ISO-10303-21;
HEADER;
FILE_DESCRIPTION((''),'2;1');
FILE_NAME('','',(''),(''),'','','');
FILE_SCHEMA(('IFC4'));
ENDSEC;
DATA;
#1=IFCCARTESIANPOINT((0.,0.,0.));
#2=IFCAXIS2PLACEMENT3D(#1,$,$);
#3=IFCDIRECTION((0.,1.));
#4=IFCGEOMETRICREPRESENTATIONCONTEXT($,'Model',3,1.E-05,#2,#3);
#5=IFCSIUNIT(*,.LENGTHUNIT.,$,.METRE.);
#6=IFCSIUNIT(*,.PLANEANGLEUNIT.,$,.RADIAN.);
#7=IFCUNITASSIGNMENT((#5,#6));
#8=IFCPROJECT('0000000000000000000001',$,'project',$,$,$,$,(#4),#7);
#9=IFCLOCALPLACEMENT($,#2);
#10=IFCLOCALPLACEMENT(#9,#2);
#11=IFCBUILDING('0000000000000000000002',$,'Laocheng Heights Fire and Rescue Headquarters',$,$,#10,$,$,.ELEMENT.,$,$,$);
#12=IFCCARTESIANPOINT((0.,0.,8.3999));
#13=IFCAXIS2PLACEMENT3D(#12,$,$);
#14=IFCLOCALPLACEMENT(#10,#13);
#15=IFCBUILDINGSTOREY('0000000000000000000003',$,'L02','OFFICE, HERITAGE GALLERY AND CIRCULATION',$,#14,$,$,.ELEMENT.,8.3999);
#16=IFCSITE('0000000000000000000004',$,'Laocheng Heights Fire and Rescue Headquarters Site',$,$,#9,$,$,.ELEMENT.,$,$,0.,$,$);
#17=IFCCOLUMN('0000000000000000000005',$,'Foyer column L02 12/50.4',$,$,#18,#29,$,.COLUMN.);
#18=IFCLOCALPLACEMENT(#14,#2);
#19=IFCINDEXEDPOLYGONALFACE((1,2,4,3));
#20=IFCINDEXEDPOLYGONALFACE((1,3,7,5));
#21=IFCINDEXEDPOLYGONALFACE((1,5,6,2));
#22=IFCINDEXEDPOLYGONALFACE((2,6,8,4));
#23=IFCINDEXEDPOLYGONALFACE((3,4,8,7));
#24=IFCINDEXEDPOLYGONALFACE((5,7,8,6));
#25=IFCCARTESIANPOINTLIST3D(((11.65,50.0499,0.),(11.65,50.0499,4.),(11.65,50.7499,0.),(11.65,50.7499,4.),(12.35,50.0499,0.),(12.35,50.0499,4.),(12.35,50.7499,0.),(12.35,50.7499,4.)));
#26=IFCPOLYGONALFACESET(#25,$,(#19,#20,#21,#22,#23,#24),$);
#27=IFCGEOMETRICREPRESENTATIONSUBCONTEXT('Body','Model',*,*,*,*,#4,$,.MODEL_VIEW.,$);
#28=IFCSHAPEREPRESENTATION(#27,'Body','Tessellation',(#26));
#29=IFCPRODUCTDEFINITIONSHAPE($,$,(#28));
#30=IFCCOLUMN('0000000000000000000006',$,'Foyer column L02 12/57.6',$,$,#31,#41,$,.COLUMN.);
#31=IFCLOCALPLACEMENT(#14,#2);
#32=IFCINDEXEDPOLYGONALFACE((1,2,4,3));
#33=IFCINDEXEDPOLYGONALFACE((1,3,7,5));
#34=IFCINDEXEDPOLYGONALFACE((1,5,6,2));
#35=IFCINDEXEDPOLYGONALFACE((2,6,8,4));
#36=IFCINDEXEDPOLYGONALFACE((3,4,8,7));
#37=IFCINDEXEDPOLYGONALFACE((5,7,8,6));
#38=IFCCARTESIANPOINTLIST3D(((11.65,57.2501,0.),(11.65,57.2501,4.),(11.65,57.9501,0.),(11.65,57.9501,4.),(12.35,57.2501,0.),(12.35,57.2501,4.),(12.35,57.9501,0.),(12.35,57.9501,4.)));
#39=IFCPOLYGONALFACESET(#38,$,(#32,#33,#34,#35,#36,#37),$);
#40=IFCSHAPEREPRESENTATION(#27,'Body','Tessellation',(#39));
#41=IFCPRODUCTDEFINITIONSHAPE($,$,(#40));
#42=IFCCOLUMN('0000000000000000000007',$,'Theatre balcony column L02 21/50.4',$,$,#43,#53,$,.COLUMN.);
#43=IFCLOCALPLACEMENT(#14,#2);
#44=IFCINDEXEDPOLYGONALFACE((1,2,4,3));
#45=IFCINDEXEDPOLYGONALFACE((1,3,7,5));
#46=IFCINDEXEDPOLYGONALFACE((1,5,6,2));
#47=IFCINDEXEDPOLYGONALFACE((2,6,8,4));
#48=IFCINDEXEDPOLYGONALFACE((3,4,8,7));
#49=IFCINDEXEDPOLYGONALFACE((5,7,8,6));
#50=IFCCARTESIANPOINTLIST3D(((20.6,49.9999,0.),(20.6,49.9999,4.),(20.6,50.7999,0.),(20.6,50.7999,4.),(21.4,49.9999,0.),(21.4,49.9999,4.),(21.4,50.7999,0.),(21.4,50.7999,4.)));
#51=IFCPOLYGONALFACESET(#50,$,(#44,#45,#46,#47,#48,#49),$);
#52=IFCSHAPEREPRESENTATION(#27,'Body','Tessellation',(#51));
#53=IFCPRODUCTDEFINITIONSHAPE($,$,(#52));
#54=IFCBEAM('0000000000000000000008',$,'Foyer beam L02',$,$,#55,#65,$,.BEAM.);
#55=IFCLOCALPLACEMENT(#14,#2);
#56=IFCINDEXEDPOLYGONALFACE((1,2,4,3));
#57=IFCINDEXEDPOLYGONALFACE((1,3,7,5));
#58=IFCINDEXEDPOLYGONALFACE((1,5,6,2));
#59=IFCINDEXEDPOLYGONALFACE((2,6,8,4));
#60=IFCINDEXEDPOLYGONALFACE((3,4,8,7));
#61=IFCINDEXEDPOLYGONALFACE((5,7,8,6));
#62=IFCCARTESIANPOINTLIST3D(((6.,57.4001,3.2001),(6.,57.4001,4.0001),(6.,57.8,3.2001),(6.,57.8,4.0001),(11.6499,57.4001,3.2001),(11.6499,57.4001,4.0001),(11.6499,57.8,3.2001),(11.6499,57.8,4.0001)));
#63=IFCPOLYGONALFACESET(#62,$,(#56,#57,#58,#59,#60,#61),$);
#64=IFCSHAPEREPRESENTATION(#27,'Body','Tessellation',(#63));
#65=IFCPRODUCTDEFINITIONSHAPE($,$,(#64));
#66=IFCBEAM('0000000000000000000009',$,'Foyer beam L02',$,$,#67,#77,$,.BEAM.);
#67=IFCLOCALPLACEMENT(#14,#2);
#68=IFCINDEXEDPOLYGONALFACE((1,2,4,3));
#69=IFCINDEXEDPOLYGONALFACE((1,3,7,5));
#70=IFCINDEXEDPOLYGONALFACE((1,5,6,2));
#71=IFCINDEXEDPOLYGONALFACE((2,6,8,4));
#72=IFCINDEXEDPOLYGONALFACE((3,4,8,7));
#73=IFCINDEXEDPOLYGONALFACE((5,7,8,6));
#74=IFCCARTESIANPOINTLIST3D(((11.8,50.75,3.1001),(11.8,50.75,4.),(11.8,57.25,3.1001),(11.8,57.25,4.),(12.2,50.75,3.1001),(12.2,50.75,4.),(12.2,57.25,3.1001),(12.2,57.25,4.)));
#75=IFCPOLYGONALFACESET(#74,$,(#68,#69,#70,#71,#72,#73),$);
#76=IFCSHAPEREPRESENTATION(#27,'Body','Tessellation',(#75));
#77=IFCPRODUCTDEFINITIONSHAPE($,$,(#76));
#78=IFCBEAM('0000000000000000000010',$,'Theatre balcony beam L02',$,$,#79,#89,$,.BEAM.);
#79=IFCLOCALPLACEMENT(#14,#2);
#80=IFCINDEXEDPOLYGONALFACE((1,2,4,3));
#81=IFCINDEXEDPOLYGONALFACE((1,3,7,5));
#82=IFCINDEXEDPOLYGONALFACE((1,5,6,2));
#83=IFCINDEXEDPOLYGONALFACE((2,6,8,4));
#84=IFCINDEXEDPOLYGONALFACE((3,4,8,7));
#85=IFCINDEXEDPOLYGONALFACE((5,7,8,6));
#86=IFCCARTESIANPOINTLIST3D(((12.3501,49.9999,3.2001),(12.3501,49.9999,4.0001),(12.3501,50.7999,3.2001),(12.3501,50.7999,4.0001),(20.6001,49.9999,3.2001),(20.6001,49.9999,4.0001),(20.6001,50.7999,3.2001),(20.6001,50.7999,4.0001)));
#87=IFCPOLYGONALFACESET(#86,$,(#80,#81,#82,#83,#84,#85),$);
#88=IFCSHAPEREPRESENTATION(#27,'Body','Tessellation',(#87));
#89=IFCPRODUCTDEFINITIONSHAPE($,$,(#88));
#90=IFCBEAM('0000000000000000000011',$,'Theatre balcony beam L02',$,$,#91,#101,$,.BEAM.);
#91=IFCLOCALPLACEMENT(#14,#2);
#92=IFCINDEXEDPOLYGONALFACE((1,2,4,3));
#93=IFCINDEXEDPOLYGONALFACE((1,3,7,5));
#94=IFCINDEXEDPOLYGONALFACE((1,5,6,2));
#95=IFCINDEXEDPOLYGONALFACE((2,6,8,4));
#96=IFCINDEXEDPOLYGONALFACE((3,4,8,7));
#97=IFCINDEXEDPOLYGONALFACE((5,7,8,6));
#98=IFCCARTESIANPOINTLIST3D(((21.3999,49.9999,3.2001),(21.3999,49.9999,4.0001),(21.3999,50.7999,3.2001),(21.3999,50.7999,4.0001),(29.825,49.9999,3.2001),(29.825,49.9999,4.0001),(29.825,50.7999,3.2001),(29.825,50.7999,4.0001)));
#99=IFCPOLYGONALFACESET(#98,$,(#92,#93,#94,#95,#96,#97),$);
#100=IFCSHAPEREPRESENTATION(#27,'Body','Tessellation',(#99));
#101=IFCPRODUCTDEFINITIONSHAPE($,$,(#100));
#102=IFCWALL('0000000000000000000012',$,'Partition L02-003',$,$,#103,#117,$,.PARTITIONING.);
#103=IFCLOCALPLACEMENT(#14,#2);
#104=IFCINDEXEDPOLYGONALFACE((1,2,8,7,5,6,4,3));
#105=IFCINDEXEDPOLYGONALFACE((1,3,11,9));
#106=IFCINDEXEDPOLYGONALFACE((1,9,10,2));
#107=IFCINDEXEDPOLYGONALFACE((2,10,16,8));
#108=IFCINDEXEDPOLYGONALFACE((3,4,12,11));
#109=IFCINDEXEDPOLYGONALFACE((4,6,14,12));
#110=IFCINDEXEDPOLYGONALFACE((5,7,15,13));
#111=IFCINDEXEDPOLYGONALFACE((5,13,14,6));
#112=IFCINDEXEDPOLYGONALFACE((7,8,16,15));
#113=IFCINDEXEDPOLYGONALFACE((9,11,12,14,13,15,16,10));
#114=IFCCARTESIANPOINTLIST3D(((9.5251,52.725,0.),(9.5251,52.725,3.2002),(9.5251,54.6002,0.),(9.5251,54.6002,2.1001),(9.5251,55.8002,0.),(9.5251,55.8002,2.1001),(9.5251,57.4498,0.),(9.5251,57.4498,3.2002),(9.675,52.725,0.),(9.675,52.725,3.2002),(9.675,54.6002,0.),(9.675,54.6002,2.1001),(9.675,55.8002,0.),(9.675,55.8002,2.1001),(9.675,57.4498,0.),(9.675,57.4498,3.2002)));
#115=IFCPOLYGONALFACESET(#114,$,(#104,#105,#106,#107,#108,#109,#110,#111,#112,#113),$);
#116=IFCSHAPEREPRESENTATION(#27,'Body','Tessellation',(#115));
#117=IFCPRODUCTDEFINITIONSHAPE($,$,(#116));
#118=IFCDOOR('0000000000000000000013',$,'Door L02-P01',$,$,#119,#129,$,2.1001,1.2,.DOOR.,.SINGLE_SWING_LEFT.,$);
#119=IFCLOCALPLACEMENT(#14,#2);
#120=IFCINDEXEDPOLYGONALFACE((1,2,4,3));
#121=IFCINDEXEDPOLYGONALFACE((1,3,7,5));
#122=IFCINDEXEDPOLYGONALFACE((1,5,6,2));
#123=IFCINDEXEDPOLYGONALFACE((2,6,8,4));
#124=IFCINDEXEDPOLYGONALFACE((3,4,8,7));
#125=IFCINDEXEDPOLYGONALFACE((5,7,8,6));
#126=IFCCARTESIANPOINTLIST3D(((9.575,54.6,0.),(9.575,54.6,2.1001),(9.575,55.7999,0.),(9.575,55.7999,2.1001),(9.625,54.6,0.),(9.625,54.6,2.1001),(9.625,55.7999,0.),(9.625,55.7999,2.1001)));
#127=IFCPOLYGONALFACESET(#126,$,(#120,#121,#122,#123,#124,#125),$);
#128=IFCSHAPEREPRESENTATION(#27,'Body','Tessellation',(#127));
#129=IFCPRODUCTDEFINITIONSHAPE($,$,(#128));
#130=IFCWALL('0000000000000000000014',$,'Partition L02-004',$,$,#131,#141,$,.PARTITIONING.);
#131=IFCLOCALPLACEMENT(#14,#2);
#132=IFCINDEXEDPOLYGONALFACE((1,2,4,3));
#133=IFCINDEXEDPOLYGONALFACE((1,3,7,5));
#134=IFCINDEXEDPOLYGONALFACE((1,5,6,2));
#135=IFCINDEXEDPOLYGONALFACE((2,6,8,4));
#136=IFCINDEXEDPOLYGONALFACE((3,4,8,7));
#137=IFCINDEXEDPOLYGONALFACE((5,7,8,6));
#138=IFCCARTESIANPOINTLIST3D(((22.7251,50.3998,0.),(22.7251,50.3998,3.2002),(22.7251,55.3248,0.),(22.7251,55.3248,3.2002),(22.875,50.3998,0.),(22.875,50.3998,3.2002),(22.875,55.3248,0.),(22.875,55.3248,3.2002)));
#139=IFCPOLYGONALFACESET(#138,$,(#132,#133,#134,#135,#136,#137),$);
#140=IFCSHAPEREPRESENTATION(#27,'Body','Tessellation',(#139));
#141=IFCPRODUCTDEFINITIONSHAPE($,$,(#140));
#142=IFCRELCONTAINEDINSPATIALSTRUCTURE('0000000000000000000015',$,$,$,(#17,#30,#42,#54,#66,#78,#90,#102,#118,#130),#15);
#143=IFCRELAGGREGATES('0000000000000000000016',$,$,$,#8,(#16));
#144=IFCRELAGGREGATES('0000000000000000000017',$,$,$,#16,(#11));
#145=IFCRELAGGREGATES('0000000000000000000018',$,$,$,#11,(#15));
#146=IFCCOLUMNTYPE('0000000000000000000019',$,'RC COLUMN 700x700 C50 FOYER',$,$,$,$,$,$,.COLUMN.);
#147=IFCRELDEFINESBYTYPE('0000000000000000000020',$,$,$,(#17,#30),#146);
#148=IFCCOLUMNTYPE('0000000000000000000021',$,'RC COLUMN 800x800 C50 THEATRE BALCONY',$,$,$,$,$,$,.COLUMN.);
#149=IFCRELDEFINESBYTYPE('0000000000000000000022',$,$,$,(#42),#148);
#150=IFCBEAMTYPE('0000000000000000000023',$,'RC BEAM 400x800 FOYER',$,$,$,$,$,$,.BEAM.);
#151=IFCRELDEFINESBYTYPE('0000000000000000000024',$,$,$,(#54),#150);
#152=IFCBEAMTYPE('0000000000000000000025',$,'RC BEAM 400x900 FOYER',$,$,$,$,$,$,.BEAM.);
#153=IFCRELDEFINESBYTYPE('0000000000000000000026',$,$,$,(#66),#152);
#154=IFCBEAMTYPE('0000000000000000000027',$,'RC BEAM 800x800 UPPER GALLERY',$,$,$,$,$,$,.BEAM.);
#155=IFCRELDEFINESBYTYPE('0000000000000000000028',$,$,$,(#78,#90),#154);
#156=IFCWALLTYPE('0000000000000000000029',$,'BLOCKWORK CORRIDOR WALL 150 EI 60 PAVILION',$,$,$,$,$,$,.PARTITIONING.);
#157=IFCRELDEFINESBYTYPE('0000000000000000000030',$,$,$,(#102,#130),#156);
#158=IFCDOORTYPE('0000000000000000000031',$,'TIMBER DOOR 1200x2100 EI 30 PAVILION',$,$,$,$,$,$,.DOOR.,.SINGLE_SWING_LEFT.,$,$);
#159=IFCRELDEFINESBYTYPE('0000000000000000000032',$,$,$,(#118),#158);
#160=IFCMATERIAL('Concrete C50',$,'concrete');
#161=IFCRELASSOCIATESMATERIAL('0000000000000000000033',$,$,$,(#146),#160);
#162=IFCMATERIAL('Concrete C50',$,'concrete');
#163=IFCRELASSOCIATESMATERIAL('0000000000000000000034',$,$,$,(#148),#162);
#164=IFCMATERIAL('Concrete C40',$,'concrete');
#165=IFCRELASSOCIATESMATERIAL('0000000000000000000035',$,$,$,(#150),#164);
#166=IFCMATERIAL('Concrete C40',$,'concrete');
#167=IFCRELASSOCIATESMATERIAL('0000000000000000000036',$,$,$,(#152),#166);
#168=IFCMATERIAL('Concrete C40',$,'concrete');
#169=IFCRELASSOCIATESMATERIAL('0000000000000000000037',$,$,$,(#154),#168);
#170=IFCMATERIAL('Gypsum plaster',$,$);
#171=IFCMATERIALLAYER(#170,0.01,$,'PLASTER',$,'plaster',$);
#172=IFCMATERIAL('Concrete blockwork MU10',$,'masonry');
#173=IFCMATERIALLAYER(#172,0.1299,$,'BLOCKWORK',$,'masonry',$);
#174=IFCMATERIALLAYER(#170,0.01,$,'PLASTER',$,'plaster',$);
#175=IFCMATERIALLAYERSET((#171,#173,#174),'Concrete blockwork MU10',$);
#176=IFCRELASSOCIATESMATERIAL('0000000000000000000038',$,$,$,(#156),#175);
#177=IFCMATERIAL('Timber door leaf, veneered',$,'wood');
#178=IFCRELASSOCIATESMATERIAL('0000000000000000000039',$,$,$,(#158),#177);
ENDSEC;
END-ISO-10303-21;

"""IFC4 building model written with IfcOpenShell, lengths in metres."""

from ifc_helpers import new_model, si_unit, direction, frame, frame_2d, origin, origin_2d, place, context, subcontext, project, spatial, rectangle, extrude, material, layer, layer_set, material_profile, profile_set, type_object, element, fill, save


model = new_model("IFC4")

# Units and contexts
model_context = context("Model", 3, precision=1e-05, world=origin(), true_north=direction((0.0, 1.0)))
body_context = subcontext(model_context, "Body", "Model", "MODEL_VIEW")
ifc_project = project(units=[si_unit("LENGTHUNIT", "METRE"), si_unit("PLANEANGLEUNIT", "RADIAN")], contexts=[model_context])

# Site, building, storey
site_placement = place(None, origin())
site = spatial("IfcSite", under=ifc_project, at=site_placement, Name="Laocheng Heights Fire and Rescue Headquarters Site", CompositionType="ELEMENT", RefElevation=0.0)
building_placement = place(site_placement, origin())
building = spatial("IfcBuilding", under=site, at=building_placement, Name="Laocheng Heights Fire and Rescue Headquarters", CompositionType="ELEMENT")
storey_placement = place(building_placement, frame((0.0, 0.0, 8.3999)))
storey = spatial("IfcBuildingStorey", under=building, at=storey_placement, Name="L02", Description="OFFICE, HERITAGE GALLERY AND CIRCULATION", CompositionType="ELEMENT", Elevation=8.3999)

# Columns
ifc_material_1 = material(Name="Concrete C50", Category="concrete")
ifc_material_profile_1 = material_profile(ifc_material_1, rectangle(XDim=0.7, YDim=0.7, at=origin_2d()), Name="RC COLUMN 700x700 C50 FOYER")
ifc_profile_set_1 = profile_set([ifc_material_profile_1], Name="Concrete C50")
column_type_1 = type_object("IfcColumnType", Name="RC COLUMN 700x700 C50 FOYER", PredefinedType="COLUMN", material=ifc_profile_set_1)
for number, where, z_axis, x_axis, name in (
    (1, (12.0, 50.3999, 0.0), (0.0, 0.0, 1.0), (1.0, 0.0, 0.0), "Foyer column L02 12/50.4"),
    (2, (12.0, 57.6001, 0.0), (0.0, 0.0, 1.0), (1.0, 0.0, 0.0), "Foyer column L02 12/57.6"),
):
    element("IfcColumn", number, at=place(storey_placement, frame(where, z_axis=z_axis, x_axis=x_axis)), inside=storey, type_object=column_type_1, Name=name, PredefinedType="COLUMN", context=body_context, shape_type="SweptSolid", body=[
        extrude(rectangle(XDim=0.7, YDim=0.7, at=origin_2d()), origin(), (0.0, 0.0, 1.0), 4.0),
    ])
ifc_material_2 = material(Name="Concrete C50", Category="concrete")
ifc_material_profile_2 = material_profile(ifc_material_2, rectangle(XDim=0.8, YDim=0.8, at=origin_2d()), Name="RC COLUMN 800x800 C50 THEATRE BALCONY")
ifc_profile_set_2 = profile_set([ifc_material_profile_2], Name="Concrete C50")
column_type_2 = type_object("IfcColumnType", Name="RC COLUMN 800x800 C50 THEATRE BALCONY", PredefinedType="COLUMN", material=ifc_profile_set_2)
column_placement = place(storey_placement, frame((21.0, 50.3999, 0.0), z_axis=(0.0, 0.0, 1.0), x_axis=(1.0, 0.0, 0.0)))
element("IfcColumn", 3, at=column_placement, inside=storey, type_object=column_type_2, Name="Theatre balcony column L02 21/50.4", PredefinedType="COLUMN", context=body_context, shape_type="SweptSolid", body=[
    extrude(rectangle(XDim=0.8, YDim=0.8, at=origin_2d()), origin(), (0.0, 0.0, 1.0), 4.0),
])

# Beams
ifc_material_3 = material(Name="Concrete C40", Category="concrete")
ifc_material_profile_3 = material_profile(ifc_material_3, rectangle(XDim=0.3999, YDim=0.8, at=origin_2d()), Name="RC BEAM 400x800 FOYER")
ifc_profile_set_3 = profile_set([ifc_material_profile_3], Name="Concrete C40")
beam_type_1 = type_object("IfcBeamType", Name="RC BEAM 400x800 FOYER", PredefinedType="BEAM", material=ifc_profile_set_3)
beam_1_placement = place(storey_placement, frame((6.0, 57.6001, 3.6001), z_axis=(1.0, 0.0, 0.0), x_axis=(0.0, 1.0, 0.0)))
element("IfcBeam", 4, at=beam_1_placement, inside=storey, type_object=beam_type_1, Name="Foyer beam L02", PredefinedType="BEAM", context=body_context, shape_type="SweptSolid", body=[
    extrude(rectangle(XDim=0.3999, YDim=0.8, at=origin_2d()), origin(), (0.0, 0.0, 1.0), 5.6499),
])
ifc_material_4 = material(Name="Concrete C40", Category="concrete")
ifc_material_profile_4 = material_profile(ifc_material_4, rectangle(XDim=0.3999, YDim=0.8999, at=origin_2d()), Name="RC BEAM 400x900 FOYER")
ifc_profile_set_4 = profile_set([ifc_material_profile_4], Name="Concrete C40")
beam_type_2 = type_object("IfcBeamType", Name="RC BEAM 400x900 FOYER", PredefinedType="BEAM", material=ifc_profile_set_4)
beam_2_placement = place(storey_placement, frame((12.0, 50.75, 3.55), z_axis=(0.0, 1.0, 0.0), x_axis=(-1.0, 0.0, 0.0)))
element("IfcBeam", 5, at=beam_2_placement, inside=storey, type_object=beam_type_2, Name="Foyer beam L02", PredefinedType="BEAM", context=body_context, shape_type="SweptSolid", body=[
    extrude(rectangle(XDim=0.3999, YDim=0.8999, at=origin_2d()), origin(), (0.0, 0.0, 1.0), 6.5),
])
ifc_material_5 = material(Name="Concrete C40", Category="concrete")
ifc_material_profile_5 = material_profile(ifc_material_5, rectangle(XDim=0.8, YDim=0.8, at=origin_2d()), Name="RC BEAM 800x800 UPPER GALLERY")
ifc_profile_set_5 = profile_set([ifc_material_profile_5], Name="Concrete C40")
beam_type_3 = type_object("IfcBeamType", Name="RC BEAM 800x800 UPPER GALLERY", PredefinedType="BEAM", material=ifc_profile_set_5)
beam_3_placement = place(storey_placement, frame((12.3501, 50.3999, 3.6001), z_axis=(1.0, 0.0, 0.0), x_axis=(0.0, 1.0, 0.0)))
element("IfcBeam", 6, at=beam_3_placement, inside=storey, type_object=beam_type_3, Name="Theatre balcony beam L02", PredefinedType="BEAM", context=body_context, shape_type="SweptSolid", body=[
    extrude(rectangle(XDim=0.8, YDim=0.8, at=origin_2d()), origin(), (0.0, 0.0, 1.0), 8.25),
])
beam_4_placement = place(storey_placement, frame((21.3999, 50.3999, 3.6001), z_axis=(1.0, 0.0, 0.0), x_axis=(0.0, 1.0, 0.0)))
element("IfcBeam", 7, at=beam_4_placement, inside=storey, type_object=beam_type_3, Name="Theatre balcony beam L02", PredefinedType="BEAM", context=body_context, shape_type="SweptSolid", body=[
    extrude(rectangle(XDim=0.8, YDim=0.8, at=origin_2d()), origin(), (0.0, 0.0, 1.0), 8.425),
])

# Wall, opening, door
ifc_material_6 = material(Name="Gypsum plaster")
ifc_layer_1 = layer(ifc_material_6, 0.01, Name="PLASTER", Category="plaster")
ifc_material_7 = material(Name="Concrete blockwork MU10", Category="masonry")
ifc_layer_2 = layer(ifc_material_7, 0.1299, Name="BLOCKWORK", Category="masonry")
ifc_layer_3 = layer(ifc_material_6, 0.01, Name="PLASTER", Category="plaster")
ifc_layer_set_1 = layer_set([ifc_layer_1, ifc_layer_2, ifc_layer_3], Name="Concrete blockwork MU10")
wall_type_1 = type_object("IfcWallType", Name="BLOCKWORK CORRIDOR WALL 150 EI 60 PAVILION", PredefinedType="PARTITIONING", material=ifc_layer_set_1)
wall_1_placement = place(storey_placement, frame((9.6001, 52.7251, 0.0), z_axis=(0.0, 0.0, 1.0), x_axis=(0.0, 1.0, 0.0)))
wall_1 = element("IfcWall", 8, at=wall_1_placement, inside=storey, type_object=wall_type_1, Name="Partition L02-003", PredefinedType="PARTITIONING", context=body_context, shape_type="SweptSolid", body=[
    extrude(rectangle(XDim=4.7249, YDim=0.1499, at=frame_2d((2.3623, 0.0))), origin(), (0.0, 0.0, 1.0), 3.2002),
])
opening_1_placement = place(wall_1_placement, frame((1.875, 0.0, 0.0)))
opening_1 = element("IfcOpeningElement", 9, at=opening_1_placement, cuts=wall_1, PredefinedType="OPENING", context=body_context, shape_type="SweptSolid", body=[
    extrude(rectangle(XDim=1.2, YDim=2.1001, at=frame_2d((0.6001, 1.05))), frame((0.0, 0.085, 0.0), z_axis=(0.0, -1.0, 0.0), x_axis=(1.0, 0.0, 0.0)), (0.0, 0.0, 1.0), 0.1699),
])
ifc_material_8 = material(Name="Timber door leaf, veneered", Category="wood")
door_type_1 = type_object("IfcDoorType", Name="TIMBER DOOR 1200x2100 EI 30 PAVILION", OperationType="SINGLE_SWING_LEFT", PredefinedType="DOOR", material=ifc_material_8)
door_1_placement = place(opening_1_placement, frame((1.2, 0.0, 0.0), z_axis=(0.0, 0.0, 1.0), x_axis=(-1.0, 0.0, 0.0)))
door_1 = element("IfcDoor", 10, at=door_1_placement, inside=storey, type_object=door_type_1, Name="Door L02-P01", OperationType="SINGLE_SWING_LEFT", OverallHeight=2.1001, OverallWidth=1.2, PredefinedType="DOOR", context=body_context, shape_type="SweptSolid", body=[
    extrude(rectangle(XDim=1.2, YDim=2.1001, at=frame_2d((0.6001, 1.05))), frame((0.0, 0.0249, 0.0), z_axis=(0.0, -1.0, 0.0), x_axis=(1.0, 0.0, 0.0)), (0.0, 0.0, 1.0), 0.05),
])
fill(opening_1, door_1)

# Wall
wall_2_placement = place(storey_placement, frame((22.8, 50.3999, 0.0), z_axis=(0.0, 0.0, 1.0), x_axis=(0.0, 1.0, 0.0)))
element("IfcWall", 11, at=wall_2_placement, inside=storey, type_object=wall_type_1, Name="Partition L02-004", PredefinedType="PARTITIONING", context=body_context, shape_type="SweptSolid", body=[
    extrude(rectangle(XDim=4.925, YDim=0.1499, at=frame_2d((2.4624, 0.0))), origin(), (0.0, 0.0, 1.0), 3.2002),
])

save(model, "model.ifc")
